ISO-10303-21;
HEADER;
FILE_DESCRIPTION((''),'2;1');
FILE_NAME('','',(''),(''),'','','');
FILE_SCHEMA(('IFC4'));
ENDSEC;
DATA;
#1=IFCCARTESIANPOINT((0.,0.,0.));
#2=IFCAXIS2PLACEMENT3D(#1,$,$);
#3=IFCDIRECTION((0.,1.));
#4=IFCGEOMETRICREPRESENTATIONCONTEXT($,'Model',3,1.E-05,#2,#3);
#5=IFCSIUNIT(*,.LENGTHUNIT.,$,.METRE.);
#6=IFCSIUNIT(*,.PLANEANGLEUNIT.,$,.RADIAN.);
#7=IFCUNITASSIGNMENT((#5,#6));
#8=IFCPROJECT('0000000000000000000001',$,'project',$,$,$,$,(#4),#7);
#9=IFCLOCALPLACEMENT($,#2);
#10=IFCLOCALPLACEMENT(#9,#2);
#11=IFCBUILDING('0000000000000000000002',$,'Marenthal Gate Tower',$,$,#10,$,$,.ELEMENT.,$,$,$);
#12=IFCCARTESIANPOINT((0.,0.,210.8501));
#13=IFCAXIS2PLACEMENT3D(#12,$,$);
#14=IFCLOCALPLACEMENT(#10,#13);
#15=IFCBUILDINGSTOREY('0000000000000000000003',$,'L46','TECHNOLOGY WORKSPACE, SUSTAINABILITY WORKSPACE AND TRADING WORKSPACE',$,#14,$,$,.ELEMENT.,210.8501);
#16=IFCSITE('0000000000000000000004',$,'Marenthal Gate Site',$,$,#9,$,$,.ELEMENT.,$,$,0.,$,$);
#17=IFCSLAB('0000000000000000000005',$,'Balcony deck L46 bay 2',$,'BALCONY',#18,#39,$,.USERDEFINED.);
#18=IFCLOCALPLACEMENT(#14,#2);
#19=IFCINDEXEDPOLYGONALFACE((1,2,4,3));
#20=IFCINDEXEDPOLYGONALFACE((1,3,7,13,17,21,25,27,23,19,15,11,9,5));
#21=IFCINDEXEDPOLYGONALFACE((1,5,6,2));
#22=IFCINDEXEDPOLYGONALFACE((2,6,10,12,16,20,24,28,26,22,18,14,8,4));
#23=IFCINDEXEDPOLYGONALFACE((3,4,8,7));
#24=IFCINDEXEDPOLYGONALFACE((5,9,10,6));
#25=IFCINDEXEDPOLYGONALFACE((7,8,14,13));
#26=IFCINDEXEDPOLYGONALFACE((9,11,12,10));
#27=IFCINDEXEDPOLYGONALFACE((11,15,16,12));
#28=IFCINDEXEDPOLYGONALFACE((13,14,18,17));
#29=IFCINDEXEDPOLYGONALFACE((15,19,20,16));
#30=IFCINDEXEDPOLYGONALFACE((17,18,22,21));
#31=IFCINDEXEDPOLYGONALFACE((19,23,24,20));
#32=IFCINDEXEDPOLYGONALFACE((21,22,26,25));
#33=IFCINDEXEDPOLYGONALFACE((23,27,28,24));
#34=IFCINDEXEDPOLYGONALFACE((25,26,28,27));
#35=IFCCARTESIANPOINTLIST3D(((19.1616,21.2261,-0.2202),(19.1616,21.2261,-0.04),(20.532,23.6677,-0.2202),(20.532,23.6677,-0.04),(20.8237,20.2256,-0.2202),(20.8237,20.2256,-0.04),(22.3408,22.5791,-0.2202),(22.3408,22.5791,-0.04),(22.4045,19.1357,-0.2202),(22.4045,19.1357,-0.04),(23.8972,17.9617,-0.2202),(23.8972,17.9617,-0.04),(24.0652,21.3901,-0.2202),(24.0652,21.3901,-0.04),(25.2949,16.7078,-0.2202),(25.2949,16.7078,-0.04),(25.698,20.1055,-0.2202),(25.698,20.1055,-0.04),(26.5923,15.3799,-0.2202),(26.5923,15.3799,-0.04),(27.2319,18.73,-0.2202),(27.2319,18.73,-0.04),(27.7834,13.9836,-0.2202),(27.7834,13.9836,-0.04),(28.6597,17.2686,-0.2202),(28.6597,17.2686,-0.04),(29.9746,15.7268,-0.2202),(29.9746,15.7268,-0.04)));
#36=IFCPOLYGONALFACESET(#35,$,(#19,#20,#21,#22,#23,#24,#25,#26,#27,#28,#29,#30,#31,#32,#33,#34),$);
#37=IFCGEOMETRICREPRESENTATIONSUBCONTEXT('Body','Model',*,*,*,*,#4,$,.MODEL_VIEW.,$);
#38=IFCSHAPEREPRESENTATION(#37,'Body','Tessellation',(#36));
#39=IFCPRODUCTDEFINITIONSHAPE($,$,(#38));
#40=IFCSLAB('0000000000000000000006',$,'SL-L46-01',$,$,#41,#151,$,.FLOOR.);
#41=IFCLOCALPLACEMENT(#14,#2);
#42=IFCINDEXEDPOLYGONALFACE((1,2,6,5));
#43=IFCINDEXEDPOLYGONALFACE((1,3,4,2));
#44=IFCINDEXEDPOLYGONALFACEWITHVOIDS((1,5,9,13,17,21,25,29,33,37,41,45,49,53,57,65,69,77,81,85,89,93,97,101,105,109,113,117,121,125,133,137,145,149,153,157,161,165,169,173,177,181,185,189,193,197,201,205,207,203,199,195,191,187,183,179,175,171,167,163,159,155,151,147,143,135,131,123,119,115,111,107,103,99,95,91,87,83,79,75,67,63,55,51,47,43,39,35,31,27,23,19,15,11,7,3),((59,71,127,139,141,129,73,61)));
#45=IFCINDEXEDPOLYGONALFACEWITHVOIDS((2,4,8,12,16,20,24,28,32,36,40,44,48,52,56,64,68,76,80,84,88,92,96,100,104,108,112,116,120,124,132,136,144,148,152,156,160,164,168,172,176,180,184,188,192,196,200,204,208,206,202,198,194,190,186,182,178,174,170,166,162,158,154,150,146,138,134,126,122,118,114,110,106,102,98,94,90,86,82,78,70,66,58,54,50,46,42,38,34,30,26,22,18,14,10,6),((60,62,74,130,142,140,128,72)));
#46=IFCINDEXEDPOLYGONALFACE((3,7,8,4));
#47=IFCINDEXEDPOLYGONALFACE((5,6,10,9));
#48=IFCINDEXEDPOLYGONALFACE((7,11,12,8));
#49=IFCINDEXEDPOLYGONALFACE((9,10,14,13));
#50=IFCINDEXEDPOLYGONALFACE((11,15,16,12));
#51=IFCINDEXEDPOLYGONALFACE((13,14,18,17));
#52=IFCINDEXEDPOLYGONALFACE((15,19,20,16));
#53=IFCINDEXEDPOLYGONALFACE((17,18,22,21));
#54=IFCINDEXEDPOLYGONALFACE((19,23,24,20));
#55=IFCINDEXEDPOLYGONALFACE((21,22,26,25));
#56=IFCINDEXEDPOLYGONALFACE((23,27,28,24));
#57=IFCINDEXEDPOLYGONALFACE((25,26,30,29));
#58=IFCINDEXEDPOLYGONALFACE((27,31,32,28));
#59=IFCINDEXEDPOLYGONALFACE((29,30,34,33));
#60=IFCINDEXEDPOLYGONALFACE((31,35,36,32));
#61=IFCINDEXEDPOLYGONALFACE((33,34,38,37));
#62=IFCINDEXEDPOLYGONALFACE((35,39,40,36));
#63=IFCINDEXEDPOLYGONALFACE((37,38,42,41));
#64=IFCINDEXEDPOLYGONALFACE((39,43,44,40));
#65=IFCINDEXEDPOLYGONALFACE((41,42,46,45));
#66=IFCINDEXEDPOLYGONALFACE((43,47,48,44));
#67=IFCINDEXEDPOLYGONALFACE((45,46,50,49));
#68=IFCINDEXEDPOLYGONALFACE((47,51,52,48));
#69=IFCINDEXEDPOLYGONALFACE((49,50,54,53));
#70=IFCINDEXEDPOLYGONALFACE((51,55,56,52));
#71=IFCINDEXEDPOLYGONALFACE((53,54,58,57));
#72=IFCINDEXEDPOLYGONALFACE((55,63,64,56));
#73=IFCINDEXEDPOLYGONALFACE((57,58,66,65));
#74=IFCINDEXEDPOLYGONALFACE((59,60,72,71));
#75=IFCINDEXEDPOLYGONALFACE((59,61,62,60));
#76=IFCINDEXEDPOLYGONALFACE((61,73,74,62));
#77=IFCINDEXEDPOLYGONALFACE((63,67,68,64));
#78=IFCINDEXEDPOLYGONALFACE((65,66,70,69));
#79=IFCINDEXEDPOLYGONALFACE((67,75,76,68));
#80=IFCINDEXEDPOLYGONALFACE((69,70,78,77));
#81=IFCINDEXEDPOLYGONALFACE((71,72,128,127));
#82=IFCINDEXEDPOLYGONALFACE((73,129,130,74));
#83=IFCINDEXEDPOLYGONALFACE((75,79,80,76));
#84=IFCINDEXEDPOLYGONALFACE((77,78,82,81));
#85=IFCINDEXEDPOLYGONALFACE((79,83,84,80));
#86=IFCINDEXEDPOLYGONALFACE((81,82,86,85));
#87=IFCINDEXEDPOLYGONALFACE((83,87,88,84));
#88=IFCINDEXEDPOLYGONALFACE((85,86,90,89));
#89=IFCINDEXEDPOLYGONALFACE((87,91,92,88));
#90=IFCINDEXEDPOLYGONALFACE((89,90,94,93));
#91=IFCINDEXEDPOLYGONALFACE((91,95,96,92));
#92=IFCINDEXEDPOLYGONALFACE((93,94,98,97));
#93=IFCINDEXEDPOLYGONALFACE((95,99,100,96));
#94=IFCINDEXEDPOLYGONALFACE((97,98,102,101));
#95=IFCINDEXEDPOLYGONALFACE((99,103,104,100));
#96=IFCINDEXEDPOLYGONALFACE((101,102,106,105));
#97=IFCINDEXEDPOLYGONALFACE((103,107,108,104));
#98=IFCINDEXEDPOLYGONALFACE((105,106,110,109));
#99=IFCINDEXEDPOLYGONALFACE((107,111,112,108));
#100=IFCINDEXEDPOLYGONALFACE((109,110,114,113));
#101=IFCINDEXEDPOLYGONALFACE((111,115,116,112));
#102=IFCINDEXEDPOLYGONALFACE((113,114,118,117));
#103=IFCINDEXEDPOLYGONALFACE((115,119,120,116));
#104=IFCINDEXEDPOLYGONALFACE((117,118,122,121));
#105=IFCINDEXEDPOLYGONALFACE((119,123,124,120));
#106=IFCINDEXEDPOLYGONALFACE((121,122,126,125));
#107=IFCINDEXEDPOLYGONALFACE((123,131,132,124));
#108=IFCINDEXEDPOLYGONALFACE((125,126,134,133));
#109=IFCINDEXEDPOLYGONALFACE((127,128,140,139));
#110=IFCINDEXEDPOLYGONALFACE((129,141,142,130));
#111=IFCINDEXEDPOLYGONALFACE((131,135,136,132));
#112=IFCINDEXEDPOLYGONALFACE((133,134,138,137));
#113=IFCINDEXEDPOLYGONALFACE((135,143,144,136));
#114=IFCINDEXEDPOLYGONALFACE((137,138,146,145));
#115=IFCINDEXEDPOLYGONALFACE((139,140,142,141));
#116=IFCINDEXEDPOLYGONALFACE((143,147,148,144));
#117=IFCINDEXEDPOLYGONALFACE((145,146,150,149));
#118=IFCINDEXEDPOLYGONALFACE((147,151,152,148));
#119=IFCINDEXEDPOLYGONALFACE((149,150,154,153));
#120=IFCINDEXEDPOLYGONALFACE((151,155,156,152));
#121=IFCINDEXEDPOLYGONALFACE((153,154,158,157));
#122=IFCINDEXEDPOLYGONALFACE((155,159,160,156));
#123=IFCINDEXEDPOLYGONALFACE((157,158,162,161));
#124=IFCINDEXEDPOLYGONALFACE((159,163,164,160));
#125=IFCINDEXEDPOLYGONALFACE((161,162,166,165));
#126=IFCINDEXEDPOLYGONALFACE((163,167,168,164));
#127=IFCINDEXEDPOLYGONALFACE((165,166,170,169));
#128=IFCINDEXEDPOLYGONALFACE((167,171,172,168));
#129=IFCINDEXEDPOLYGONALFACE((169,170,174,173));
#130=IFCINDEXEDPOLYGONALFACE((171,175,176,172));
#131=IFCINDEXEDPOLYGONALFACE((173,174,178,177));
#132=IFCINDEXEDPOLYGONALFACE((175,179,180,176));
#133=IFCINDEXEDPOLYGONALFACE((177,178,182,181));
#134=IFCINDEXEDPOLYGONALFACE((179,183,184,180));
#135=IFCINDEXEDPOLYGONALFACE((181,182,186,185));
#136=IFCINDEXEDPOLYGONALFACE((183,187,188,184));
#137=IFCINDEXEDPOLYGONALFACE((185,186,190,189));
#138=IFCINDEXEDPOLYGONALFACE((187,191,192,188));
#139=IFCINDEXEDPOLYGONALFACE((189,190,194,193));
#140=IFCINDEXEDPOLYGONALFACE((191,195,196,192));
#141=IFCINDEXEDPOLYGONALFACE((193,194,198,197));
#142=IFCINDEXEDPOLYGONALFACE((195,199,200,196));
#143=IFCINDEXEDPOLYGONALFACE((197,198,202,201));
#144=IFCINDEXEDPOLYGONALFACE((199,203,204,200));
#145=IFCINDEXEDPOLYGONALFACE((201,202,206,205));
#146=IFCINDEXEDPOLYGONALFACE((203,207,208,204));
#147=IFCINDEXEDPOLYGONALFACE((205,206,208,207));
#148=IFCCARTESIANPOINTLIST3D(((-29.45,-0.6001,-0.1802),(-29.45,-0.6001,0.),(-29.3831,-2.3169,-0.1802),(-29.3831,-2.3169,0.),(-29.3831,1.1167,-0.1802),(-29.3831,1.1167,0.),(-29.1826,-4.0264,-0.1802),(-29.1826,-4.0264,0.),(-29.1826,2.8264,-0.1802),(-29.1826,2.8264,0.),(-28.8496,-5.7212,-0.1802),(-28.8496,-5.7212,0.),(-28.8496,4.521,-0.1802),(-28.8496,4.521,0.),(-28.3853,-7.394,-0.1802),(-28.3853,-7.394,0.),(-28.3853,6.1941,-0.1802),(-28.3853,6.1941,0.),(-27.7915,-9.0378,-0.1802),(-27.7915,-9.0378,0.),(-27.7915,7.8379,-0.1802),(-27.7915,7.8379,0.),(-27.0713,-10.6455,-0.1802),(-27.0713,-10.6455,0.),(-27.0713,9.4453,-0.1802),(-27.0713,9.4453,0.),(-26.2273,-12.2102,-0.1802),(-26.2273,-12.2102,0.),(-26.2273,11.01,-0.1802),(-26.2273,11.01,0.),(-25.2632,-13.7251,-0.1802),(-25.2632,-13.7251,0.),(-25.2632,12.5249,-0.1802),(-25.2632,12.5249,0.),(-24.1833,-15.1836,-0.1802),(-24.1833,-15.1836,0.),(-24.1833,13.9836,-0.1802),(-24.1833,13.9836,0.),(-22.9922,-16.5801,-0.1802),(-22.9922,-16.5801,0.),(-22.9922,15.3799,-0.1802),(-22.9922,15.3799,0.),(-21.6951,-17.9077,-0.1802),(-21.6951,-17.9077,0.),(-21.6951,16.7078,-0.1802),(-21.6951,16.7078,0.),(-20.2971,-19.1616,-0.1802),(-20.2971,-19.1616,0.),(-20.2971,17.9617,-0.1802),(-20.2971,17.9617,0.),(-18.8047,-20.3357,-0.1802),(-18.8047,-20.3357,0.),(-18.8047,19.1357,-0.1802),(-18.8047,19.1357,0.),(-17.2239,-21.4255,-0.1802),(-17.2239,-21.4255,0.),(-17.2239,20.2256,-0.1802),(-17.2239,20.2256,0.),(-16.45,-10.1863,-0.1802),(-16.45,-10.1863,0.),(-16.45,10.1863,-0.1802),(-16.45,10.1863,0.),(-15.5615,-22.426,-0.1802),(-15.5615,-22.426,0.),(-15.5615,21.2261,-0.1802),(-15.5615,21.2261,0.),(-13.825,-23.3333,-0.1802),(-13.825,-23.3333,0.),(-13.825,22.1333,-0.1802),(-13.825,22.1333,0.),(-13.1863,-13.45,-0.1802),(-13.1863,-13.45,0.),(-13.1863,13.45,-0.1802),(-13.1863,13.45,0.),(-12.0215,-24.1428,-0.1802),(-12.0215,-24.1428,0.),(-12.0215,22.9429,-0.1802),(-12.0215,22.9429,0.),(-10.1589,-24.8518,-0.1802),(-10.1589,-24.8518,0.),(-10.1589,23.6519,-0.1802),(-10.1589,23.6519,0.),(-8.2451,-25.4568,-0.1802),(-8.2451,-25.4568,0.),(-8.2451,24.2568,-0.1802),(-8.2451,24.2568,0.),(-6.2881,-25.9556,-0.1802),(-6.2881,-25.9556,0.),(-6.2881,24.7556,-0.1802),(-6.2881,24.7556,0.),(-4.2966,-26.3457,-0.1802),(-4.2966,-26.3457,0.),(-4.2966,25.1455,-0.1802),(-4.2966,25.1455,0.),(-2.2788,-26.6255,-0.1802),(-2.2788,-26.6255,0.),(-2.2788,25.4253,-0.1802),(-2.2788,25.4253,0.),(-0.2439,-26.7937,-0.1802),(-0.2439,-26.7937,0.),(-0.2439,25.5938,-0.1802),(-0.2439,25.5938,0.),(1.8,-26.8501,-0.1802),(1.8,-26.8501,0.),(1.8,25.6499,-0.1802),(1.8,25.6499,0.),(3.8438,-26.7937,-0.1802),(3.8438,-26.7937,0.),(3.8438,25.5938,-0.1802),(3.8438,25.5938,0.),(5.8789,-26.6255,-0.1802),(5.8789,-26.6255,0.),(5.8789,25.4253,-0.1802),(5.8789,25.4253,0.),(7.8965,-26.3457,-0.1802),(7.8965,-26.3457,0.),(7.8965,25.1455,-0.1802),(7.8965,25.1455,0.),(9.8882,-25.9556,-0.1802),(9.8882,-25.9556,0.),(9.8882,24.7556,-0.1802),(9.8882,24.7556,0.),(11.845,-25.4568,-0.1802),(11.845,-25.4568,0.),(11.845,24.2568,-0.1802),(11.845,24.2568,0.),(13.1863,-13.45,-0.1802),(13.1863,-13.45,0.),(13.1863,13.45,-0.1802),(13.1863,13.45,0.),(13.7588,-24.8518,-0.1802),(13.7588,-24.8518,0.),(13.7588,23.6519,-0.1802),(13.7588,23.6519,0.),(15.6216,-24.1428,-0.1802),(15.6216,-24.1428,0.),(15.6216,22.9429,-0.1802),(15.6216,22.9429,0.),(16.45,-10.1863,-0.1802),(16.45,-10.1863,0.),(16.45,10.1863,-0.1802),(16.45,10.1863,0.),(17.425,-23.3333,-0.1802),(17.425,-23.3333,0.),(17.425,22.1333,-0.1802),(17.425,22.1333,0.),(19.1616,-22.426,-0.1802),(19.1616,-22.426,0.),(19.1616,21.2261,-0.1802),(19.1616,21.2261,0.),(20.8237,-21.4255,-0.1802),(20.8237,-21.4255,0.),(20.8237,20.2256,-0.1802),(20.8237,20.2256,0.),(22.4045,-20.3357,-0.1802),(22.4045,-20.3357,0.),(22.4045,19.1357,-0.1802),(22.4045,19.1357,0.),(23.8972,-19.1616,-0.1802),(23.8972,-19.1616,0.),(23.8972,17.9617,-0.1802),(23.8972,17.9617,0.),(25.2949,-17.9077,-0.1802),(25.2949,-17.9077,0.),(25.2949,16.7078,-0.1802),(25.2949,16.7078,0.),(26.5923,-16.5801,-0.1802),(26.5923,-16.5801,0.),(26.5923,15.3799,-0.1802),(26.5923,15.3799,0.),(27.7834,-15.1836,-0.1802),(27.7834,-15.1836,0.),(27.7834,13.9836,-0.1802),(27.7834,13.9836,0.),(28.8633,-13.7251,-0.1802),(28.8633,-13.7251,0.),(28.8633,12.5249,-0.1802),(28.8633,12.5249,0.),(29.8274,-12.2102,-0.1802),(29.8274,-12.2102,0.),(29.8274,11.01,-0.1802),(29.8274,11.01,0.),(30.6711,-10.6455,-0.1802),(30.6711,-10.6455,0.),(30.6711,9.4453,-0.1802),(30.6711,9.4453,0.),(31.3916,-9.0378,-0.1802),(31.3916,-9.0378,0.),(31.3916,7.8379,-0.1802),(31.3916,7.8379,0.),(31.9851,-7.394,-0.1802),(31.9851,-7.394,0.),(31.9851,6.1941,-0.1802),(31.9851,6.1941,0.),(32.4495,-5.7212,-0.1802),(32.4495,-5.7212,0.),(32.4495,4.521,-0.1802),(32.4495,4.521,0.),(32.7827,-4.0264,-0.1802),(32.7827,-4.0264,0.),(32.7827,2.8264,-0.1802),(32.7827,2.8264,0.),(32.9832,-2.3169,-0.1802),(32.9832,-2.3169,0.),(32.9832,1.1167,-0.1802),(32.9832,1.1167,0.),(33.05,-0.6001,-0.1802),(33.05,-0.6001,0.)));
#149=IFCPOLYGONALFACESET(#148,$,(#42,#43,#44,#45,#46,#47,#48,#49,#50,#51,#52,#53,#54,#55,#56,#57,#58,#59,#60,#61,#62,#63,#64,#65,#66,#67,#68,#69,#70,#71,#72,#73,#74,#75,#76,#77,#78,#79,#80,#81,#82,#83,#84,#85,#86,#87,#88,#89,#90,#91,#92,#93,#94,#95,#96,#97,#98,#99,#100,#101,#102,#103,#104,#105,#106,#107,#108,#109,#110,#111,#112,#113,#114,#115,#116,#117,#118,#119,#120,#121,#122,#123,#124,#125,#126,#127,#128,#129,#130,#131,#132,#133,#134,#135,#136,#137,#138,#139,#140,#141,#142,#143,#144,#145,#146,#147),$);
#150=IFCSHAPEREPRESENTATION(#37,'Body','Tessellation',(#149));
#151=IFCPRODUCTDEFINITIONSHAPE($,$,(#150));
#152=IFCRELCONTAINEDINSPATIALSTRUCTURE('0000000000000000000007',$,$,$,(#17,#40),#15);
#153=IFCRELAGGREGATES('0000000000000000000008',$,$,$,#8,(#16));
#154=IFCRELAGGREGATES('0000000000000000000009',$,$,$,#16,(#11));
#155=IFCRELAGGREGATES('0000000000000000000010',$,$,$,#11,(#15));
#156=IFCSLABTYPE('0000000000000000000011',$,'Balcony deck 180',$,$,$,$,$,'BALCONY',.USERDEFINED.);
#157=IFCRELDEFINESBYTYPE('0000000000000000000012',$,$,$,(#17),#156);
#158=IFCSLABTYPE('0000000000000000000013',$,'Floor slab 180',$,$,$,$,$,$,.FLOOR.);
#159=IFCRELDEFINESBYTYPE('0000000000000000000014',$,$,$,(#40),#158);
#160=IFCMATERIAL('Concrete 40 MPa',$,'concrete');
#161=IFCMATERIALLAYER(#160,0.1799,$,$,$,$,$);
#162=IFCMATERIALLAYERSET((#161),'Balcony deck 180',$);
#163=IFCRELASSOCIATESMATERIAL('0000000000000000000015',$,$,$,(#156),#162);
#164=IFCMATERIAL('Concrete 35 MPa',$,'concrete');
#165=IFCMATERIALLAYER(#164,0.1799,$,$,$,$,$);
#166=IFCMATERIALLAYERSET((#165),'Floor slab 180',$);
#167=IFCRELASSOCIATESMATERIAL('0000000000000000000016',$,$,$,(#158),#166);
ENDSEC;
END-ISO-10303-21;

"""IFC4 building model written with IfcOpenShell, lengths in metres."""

from ifc_helpers import new_model, si_unit, direction, frame, origin, place, context, subcontext, project, spatial, polyline, outline, extrude, material, layer, layer_set, type_object, element, save


model = new_model("IFC4")

# Units and contexts
model_context = context("Model", 3, precision=1e-05, world=origin(), true_north=direction((0.0, 1.0)))
body_context = subcontext(model_context, "Body", "Model", "MODEL_VIEW")
ifc_project = project(units=[si_unit("LENGTHUNIT", "METRE"), si_unit("PLANEANGLEUNIT", "RADIAN")], contexts=[model_context])

# Site, building, storey
site_placement = place(None, origin())
site = spatial("IfcSite", under=ifc_project, at=site_placement, Name="Marenthal Gate Site", CompositionType="ELEMENT", RefElevation=0.0)
building_placement = place(site_placement, origin())
building = spatial("IfcBuilding", under=site, at=building_placement, Name="Marenthal Gate Tower", CompositionType="ELEMENT")
storey_placement = place(building_placement, frame((0.0, 0.0, 210.8501)))
storey = spatial("IfcBuildingStorey", under=building, at=storey_placement, Name="L46", Description="TECHNOLOGY WORKSPACE, SUSTAINABILITY WORKSPACE AND TRADING WORKSPACE", CompositionType="ELEMENT", Elevation=210.8501)

# Slabs
ifc_material_1 = material(Name="Concrete 40 MPa", Category="concrete")
ifc_layer_1 = layer(ifc_material_1, 0.1799)
ifc_layer_set_1 = layer_set([ifc_layer_1], Name="Balcony deck 180")
slab_type_1 = type_object("IfcSlabType", Name="Balcony deck 180", ElementType="BALCONY", PredefinedType="USERDEFINED", material=ifc_layer_set_1)
slab_1_placement = place(storey_placement, frame((0.0, 0.0, -0.2202)))
element("IfcSlab", 1, at=slab_1_placement, inside=storey, type_object=slab_type_1, Name="Balcony deck L46 bay 2", ObjectType="BALCONY", PredefinedType="USERDEFINED", context=body_context, shape_type="SweptSolid", body=[
    extrude(outline(polyline([(27.7834, 13.9836), (26.5923, 15.3799), (25.2949, 16.7078), (23.8972, 17.9617), (22.4045, 19.1357), (20.8237, 20.2256), (19.1616, 21.2261), (20.532, 23.6677), (22.3408, 22.5791), (24.0652, 21.3901), (25.698, 20.1055), (27.2319, 18.73), (28.6597, 17.2686), (29.9746, 15.7268), (27.7834, 13.9836)])), origin(), (0.0, 0.0, 1.0), 0.1802),
])
ifc_material_2 = material(Name="Concrete 35 MPa", Category="concrete")
ifc_layer_2 = layer(ifc_material_2, 0.1799)
ifc_layer_set_2 = layer_set([ifc_layer_2], Name="Floor slab 180")
slab_type_2 = type_object("IfcSlabType", Name="Floor slab 180", PredefinedType="FLOOR", material=ifc_layer_set_2)
slab_2_placement = place(storey_placement, frame((0.0, 0.0, -0.1802)))
element("IfcSlab", 2, at=slab_2_placement, inside=storey, type_object=slab_type_2, Name="SL-L46-01", PredefinedType="FLOOR", context=body_context, shape_type="SweptSolid", body=[
    extrude(outline(polyline([(33.05, -0.6001), (32.9832, 1.1167), (32.7827, 2.8264), (32.4495, 4.521), (31.9851, 6.1941), (31.3916, 7.8379), (30.6711, 9.4453), (29.8274, 11.01), (28.8633, 12.5249), (27.7834, 13.9836), (26.5923, 15.3799), (25.2949, 16.7078), (23.8972, 17.9617), (22.4045, 19.1357), (20.8237, 20.2256), (19.1616, 21.2261), (17.425, 22.1333), (15.6216, 22.9429), (13.7588, 23.6519), (11.845, 24.2568), (9.8882, 24.7556), (7.8965, 25.1455), (5.8789, 25.4253), (3.8438, 25.5938), (1.8, 25.6499), (-0.2439, 25.5938), (-2.2788, 25.4253), (-4.2966, 25.1455), (-6.2881, 24.7556), (-8.2451, 24.2568), (-10.1589, 23.6519), (-12.0215, 22.9429), (-13.825, 22.1333), (-15.5615, 21.2261), (-17.2239, 20.2256), (-18.8047, 19.1357), (-20.2971, 17.9617), (-21.6951, 16.7078), (-22.9922, 15.3799), (-24.1833, 13.9836), (-25.2632, 12.5249), (-26.2273, 11.01), (-27.0713, 9.4453), (-27.7915, 7.8379), (-28.3853, 6.1941), (-28.8496, 4.521), (-29.1826, 2.8264), (-29.3831, 1.1167), (-29.45, -0.6001), (-29.3831, -2.3169), (-29.1826, -4.0264), (-28.8496, -5.7212), (-28.3853, -7.394), (-27.7915, -9.0378), (-27.0713, -10.6455), (-26.2273, -12.2102), (-25.2632, -13.7251), (-24.1833, -15.1836), (-22.9922, -16.5801), (-21.6951, -17.9077), (-20.2971, -19.1616), (-18.8047, -20.3357), (-17.2239, -21.4255), (-15.5615, -22.426), (-13.825, -23.3333), (-12.0215, -24.1428), (-10.1589, -24.8518), (-8.2451, -25.4568), (-6.2881, -25.9556), (-4.2966, -26.3457), (-2.2788, -26.6255), (-0.2439, -26.7937), (1.8, -26.8501), (3.8438, -26.7937), (5.8789, -26.6255), (7.8965, -26.3457), (9.8882, -25.9556), (11.845, -25.4568), (13.7588, -24.8518), (15.6216, -24.1428), (17.425, -23.3333), (19.1616, -22.426), (20.8237, -21.4255), (22.4045, -20.3357), (23.8972, -19.1616), (25.2949, -17.9077), (26.5923, -16.5801), (27.7834, -15.1836), (28.8633, -13.7251), (29.8274, -12.2102), (30.6711, -10.6455), (31.3916, -9.0378), (31.9851, -7.394), (32.4495, -5.7212), (32.7827, -4.0264), (32.9832, -2.3169), (33.05, -0.6001)]), holes=[polyline([(13.1863, -13.45), (16.45, -10.1863), (16.45, 10.1863), (13.1863, 13.45), (-13.1863, 13.45), (-16.45, 10.1863), (-16.45, -10.1863), (-13.1863, -13.45), (13.1863, -13.45)])]), origin(), (0.0, 0.0, 1.0), 0.1802),
])

save(model, "model.ifc")
